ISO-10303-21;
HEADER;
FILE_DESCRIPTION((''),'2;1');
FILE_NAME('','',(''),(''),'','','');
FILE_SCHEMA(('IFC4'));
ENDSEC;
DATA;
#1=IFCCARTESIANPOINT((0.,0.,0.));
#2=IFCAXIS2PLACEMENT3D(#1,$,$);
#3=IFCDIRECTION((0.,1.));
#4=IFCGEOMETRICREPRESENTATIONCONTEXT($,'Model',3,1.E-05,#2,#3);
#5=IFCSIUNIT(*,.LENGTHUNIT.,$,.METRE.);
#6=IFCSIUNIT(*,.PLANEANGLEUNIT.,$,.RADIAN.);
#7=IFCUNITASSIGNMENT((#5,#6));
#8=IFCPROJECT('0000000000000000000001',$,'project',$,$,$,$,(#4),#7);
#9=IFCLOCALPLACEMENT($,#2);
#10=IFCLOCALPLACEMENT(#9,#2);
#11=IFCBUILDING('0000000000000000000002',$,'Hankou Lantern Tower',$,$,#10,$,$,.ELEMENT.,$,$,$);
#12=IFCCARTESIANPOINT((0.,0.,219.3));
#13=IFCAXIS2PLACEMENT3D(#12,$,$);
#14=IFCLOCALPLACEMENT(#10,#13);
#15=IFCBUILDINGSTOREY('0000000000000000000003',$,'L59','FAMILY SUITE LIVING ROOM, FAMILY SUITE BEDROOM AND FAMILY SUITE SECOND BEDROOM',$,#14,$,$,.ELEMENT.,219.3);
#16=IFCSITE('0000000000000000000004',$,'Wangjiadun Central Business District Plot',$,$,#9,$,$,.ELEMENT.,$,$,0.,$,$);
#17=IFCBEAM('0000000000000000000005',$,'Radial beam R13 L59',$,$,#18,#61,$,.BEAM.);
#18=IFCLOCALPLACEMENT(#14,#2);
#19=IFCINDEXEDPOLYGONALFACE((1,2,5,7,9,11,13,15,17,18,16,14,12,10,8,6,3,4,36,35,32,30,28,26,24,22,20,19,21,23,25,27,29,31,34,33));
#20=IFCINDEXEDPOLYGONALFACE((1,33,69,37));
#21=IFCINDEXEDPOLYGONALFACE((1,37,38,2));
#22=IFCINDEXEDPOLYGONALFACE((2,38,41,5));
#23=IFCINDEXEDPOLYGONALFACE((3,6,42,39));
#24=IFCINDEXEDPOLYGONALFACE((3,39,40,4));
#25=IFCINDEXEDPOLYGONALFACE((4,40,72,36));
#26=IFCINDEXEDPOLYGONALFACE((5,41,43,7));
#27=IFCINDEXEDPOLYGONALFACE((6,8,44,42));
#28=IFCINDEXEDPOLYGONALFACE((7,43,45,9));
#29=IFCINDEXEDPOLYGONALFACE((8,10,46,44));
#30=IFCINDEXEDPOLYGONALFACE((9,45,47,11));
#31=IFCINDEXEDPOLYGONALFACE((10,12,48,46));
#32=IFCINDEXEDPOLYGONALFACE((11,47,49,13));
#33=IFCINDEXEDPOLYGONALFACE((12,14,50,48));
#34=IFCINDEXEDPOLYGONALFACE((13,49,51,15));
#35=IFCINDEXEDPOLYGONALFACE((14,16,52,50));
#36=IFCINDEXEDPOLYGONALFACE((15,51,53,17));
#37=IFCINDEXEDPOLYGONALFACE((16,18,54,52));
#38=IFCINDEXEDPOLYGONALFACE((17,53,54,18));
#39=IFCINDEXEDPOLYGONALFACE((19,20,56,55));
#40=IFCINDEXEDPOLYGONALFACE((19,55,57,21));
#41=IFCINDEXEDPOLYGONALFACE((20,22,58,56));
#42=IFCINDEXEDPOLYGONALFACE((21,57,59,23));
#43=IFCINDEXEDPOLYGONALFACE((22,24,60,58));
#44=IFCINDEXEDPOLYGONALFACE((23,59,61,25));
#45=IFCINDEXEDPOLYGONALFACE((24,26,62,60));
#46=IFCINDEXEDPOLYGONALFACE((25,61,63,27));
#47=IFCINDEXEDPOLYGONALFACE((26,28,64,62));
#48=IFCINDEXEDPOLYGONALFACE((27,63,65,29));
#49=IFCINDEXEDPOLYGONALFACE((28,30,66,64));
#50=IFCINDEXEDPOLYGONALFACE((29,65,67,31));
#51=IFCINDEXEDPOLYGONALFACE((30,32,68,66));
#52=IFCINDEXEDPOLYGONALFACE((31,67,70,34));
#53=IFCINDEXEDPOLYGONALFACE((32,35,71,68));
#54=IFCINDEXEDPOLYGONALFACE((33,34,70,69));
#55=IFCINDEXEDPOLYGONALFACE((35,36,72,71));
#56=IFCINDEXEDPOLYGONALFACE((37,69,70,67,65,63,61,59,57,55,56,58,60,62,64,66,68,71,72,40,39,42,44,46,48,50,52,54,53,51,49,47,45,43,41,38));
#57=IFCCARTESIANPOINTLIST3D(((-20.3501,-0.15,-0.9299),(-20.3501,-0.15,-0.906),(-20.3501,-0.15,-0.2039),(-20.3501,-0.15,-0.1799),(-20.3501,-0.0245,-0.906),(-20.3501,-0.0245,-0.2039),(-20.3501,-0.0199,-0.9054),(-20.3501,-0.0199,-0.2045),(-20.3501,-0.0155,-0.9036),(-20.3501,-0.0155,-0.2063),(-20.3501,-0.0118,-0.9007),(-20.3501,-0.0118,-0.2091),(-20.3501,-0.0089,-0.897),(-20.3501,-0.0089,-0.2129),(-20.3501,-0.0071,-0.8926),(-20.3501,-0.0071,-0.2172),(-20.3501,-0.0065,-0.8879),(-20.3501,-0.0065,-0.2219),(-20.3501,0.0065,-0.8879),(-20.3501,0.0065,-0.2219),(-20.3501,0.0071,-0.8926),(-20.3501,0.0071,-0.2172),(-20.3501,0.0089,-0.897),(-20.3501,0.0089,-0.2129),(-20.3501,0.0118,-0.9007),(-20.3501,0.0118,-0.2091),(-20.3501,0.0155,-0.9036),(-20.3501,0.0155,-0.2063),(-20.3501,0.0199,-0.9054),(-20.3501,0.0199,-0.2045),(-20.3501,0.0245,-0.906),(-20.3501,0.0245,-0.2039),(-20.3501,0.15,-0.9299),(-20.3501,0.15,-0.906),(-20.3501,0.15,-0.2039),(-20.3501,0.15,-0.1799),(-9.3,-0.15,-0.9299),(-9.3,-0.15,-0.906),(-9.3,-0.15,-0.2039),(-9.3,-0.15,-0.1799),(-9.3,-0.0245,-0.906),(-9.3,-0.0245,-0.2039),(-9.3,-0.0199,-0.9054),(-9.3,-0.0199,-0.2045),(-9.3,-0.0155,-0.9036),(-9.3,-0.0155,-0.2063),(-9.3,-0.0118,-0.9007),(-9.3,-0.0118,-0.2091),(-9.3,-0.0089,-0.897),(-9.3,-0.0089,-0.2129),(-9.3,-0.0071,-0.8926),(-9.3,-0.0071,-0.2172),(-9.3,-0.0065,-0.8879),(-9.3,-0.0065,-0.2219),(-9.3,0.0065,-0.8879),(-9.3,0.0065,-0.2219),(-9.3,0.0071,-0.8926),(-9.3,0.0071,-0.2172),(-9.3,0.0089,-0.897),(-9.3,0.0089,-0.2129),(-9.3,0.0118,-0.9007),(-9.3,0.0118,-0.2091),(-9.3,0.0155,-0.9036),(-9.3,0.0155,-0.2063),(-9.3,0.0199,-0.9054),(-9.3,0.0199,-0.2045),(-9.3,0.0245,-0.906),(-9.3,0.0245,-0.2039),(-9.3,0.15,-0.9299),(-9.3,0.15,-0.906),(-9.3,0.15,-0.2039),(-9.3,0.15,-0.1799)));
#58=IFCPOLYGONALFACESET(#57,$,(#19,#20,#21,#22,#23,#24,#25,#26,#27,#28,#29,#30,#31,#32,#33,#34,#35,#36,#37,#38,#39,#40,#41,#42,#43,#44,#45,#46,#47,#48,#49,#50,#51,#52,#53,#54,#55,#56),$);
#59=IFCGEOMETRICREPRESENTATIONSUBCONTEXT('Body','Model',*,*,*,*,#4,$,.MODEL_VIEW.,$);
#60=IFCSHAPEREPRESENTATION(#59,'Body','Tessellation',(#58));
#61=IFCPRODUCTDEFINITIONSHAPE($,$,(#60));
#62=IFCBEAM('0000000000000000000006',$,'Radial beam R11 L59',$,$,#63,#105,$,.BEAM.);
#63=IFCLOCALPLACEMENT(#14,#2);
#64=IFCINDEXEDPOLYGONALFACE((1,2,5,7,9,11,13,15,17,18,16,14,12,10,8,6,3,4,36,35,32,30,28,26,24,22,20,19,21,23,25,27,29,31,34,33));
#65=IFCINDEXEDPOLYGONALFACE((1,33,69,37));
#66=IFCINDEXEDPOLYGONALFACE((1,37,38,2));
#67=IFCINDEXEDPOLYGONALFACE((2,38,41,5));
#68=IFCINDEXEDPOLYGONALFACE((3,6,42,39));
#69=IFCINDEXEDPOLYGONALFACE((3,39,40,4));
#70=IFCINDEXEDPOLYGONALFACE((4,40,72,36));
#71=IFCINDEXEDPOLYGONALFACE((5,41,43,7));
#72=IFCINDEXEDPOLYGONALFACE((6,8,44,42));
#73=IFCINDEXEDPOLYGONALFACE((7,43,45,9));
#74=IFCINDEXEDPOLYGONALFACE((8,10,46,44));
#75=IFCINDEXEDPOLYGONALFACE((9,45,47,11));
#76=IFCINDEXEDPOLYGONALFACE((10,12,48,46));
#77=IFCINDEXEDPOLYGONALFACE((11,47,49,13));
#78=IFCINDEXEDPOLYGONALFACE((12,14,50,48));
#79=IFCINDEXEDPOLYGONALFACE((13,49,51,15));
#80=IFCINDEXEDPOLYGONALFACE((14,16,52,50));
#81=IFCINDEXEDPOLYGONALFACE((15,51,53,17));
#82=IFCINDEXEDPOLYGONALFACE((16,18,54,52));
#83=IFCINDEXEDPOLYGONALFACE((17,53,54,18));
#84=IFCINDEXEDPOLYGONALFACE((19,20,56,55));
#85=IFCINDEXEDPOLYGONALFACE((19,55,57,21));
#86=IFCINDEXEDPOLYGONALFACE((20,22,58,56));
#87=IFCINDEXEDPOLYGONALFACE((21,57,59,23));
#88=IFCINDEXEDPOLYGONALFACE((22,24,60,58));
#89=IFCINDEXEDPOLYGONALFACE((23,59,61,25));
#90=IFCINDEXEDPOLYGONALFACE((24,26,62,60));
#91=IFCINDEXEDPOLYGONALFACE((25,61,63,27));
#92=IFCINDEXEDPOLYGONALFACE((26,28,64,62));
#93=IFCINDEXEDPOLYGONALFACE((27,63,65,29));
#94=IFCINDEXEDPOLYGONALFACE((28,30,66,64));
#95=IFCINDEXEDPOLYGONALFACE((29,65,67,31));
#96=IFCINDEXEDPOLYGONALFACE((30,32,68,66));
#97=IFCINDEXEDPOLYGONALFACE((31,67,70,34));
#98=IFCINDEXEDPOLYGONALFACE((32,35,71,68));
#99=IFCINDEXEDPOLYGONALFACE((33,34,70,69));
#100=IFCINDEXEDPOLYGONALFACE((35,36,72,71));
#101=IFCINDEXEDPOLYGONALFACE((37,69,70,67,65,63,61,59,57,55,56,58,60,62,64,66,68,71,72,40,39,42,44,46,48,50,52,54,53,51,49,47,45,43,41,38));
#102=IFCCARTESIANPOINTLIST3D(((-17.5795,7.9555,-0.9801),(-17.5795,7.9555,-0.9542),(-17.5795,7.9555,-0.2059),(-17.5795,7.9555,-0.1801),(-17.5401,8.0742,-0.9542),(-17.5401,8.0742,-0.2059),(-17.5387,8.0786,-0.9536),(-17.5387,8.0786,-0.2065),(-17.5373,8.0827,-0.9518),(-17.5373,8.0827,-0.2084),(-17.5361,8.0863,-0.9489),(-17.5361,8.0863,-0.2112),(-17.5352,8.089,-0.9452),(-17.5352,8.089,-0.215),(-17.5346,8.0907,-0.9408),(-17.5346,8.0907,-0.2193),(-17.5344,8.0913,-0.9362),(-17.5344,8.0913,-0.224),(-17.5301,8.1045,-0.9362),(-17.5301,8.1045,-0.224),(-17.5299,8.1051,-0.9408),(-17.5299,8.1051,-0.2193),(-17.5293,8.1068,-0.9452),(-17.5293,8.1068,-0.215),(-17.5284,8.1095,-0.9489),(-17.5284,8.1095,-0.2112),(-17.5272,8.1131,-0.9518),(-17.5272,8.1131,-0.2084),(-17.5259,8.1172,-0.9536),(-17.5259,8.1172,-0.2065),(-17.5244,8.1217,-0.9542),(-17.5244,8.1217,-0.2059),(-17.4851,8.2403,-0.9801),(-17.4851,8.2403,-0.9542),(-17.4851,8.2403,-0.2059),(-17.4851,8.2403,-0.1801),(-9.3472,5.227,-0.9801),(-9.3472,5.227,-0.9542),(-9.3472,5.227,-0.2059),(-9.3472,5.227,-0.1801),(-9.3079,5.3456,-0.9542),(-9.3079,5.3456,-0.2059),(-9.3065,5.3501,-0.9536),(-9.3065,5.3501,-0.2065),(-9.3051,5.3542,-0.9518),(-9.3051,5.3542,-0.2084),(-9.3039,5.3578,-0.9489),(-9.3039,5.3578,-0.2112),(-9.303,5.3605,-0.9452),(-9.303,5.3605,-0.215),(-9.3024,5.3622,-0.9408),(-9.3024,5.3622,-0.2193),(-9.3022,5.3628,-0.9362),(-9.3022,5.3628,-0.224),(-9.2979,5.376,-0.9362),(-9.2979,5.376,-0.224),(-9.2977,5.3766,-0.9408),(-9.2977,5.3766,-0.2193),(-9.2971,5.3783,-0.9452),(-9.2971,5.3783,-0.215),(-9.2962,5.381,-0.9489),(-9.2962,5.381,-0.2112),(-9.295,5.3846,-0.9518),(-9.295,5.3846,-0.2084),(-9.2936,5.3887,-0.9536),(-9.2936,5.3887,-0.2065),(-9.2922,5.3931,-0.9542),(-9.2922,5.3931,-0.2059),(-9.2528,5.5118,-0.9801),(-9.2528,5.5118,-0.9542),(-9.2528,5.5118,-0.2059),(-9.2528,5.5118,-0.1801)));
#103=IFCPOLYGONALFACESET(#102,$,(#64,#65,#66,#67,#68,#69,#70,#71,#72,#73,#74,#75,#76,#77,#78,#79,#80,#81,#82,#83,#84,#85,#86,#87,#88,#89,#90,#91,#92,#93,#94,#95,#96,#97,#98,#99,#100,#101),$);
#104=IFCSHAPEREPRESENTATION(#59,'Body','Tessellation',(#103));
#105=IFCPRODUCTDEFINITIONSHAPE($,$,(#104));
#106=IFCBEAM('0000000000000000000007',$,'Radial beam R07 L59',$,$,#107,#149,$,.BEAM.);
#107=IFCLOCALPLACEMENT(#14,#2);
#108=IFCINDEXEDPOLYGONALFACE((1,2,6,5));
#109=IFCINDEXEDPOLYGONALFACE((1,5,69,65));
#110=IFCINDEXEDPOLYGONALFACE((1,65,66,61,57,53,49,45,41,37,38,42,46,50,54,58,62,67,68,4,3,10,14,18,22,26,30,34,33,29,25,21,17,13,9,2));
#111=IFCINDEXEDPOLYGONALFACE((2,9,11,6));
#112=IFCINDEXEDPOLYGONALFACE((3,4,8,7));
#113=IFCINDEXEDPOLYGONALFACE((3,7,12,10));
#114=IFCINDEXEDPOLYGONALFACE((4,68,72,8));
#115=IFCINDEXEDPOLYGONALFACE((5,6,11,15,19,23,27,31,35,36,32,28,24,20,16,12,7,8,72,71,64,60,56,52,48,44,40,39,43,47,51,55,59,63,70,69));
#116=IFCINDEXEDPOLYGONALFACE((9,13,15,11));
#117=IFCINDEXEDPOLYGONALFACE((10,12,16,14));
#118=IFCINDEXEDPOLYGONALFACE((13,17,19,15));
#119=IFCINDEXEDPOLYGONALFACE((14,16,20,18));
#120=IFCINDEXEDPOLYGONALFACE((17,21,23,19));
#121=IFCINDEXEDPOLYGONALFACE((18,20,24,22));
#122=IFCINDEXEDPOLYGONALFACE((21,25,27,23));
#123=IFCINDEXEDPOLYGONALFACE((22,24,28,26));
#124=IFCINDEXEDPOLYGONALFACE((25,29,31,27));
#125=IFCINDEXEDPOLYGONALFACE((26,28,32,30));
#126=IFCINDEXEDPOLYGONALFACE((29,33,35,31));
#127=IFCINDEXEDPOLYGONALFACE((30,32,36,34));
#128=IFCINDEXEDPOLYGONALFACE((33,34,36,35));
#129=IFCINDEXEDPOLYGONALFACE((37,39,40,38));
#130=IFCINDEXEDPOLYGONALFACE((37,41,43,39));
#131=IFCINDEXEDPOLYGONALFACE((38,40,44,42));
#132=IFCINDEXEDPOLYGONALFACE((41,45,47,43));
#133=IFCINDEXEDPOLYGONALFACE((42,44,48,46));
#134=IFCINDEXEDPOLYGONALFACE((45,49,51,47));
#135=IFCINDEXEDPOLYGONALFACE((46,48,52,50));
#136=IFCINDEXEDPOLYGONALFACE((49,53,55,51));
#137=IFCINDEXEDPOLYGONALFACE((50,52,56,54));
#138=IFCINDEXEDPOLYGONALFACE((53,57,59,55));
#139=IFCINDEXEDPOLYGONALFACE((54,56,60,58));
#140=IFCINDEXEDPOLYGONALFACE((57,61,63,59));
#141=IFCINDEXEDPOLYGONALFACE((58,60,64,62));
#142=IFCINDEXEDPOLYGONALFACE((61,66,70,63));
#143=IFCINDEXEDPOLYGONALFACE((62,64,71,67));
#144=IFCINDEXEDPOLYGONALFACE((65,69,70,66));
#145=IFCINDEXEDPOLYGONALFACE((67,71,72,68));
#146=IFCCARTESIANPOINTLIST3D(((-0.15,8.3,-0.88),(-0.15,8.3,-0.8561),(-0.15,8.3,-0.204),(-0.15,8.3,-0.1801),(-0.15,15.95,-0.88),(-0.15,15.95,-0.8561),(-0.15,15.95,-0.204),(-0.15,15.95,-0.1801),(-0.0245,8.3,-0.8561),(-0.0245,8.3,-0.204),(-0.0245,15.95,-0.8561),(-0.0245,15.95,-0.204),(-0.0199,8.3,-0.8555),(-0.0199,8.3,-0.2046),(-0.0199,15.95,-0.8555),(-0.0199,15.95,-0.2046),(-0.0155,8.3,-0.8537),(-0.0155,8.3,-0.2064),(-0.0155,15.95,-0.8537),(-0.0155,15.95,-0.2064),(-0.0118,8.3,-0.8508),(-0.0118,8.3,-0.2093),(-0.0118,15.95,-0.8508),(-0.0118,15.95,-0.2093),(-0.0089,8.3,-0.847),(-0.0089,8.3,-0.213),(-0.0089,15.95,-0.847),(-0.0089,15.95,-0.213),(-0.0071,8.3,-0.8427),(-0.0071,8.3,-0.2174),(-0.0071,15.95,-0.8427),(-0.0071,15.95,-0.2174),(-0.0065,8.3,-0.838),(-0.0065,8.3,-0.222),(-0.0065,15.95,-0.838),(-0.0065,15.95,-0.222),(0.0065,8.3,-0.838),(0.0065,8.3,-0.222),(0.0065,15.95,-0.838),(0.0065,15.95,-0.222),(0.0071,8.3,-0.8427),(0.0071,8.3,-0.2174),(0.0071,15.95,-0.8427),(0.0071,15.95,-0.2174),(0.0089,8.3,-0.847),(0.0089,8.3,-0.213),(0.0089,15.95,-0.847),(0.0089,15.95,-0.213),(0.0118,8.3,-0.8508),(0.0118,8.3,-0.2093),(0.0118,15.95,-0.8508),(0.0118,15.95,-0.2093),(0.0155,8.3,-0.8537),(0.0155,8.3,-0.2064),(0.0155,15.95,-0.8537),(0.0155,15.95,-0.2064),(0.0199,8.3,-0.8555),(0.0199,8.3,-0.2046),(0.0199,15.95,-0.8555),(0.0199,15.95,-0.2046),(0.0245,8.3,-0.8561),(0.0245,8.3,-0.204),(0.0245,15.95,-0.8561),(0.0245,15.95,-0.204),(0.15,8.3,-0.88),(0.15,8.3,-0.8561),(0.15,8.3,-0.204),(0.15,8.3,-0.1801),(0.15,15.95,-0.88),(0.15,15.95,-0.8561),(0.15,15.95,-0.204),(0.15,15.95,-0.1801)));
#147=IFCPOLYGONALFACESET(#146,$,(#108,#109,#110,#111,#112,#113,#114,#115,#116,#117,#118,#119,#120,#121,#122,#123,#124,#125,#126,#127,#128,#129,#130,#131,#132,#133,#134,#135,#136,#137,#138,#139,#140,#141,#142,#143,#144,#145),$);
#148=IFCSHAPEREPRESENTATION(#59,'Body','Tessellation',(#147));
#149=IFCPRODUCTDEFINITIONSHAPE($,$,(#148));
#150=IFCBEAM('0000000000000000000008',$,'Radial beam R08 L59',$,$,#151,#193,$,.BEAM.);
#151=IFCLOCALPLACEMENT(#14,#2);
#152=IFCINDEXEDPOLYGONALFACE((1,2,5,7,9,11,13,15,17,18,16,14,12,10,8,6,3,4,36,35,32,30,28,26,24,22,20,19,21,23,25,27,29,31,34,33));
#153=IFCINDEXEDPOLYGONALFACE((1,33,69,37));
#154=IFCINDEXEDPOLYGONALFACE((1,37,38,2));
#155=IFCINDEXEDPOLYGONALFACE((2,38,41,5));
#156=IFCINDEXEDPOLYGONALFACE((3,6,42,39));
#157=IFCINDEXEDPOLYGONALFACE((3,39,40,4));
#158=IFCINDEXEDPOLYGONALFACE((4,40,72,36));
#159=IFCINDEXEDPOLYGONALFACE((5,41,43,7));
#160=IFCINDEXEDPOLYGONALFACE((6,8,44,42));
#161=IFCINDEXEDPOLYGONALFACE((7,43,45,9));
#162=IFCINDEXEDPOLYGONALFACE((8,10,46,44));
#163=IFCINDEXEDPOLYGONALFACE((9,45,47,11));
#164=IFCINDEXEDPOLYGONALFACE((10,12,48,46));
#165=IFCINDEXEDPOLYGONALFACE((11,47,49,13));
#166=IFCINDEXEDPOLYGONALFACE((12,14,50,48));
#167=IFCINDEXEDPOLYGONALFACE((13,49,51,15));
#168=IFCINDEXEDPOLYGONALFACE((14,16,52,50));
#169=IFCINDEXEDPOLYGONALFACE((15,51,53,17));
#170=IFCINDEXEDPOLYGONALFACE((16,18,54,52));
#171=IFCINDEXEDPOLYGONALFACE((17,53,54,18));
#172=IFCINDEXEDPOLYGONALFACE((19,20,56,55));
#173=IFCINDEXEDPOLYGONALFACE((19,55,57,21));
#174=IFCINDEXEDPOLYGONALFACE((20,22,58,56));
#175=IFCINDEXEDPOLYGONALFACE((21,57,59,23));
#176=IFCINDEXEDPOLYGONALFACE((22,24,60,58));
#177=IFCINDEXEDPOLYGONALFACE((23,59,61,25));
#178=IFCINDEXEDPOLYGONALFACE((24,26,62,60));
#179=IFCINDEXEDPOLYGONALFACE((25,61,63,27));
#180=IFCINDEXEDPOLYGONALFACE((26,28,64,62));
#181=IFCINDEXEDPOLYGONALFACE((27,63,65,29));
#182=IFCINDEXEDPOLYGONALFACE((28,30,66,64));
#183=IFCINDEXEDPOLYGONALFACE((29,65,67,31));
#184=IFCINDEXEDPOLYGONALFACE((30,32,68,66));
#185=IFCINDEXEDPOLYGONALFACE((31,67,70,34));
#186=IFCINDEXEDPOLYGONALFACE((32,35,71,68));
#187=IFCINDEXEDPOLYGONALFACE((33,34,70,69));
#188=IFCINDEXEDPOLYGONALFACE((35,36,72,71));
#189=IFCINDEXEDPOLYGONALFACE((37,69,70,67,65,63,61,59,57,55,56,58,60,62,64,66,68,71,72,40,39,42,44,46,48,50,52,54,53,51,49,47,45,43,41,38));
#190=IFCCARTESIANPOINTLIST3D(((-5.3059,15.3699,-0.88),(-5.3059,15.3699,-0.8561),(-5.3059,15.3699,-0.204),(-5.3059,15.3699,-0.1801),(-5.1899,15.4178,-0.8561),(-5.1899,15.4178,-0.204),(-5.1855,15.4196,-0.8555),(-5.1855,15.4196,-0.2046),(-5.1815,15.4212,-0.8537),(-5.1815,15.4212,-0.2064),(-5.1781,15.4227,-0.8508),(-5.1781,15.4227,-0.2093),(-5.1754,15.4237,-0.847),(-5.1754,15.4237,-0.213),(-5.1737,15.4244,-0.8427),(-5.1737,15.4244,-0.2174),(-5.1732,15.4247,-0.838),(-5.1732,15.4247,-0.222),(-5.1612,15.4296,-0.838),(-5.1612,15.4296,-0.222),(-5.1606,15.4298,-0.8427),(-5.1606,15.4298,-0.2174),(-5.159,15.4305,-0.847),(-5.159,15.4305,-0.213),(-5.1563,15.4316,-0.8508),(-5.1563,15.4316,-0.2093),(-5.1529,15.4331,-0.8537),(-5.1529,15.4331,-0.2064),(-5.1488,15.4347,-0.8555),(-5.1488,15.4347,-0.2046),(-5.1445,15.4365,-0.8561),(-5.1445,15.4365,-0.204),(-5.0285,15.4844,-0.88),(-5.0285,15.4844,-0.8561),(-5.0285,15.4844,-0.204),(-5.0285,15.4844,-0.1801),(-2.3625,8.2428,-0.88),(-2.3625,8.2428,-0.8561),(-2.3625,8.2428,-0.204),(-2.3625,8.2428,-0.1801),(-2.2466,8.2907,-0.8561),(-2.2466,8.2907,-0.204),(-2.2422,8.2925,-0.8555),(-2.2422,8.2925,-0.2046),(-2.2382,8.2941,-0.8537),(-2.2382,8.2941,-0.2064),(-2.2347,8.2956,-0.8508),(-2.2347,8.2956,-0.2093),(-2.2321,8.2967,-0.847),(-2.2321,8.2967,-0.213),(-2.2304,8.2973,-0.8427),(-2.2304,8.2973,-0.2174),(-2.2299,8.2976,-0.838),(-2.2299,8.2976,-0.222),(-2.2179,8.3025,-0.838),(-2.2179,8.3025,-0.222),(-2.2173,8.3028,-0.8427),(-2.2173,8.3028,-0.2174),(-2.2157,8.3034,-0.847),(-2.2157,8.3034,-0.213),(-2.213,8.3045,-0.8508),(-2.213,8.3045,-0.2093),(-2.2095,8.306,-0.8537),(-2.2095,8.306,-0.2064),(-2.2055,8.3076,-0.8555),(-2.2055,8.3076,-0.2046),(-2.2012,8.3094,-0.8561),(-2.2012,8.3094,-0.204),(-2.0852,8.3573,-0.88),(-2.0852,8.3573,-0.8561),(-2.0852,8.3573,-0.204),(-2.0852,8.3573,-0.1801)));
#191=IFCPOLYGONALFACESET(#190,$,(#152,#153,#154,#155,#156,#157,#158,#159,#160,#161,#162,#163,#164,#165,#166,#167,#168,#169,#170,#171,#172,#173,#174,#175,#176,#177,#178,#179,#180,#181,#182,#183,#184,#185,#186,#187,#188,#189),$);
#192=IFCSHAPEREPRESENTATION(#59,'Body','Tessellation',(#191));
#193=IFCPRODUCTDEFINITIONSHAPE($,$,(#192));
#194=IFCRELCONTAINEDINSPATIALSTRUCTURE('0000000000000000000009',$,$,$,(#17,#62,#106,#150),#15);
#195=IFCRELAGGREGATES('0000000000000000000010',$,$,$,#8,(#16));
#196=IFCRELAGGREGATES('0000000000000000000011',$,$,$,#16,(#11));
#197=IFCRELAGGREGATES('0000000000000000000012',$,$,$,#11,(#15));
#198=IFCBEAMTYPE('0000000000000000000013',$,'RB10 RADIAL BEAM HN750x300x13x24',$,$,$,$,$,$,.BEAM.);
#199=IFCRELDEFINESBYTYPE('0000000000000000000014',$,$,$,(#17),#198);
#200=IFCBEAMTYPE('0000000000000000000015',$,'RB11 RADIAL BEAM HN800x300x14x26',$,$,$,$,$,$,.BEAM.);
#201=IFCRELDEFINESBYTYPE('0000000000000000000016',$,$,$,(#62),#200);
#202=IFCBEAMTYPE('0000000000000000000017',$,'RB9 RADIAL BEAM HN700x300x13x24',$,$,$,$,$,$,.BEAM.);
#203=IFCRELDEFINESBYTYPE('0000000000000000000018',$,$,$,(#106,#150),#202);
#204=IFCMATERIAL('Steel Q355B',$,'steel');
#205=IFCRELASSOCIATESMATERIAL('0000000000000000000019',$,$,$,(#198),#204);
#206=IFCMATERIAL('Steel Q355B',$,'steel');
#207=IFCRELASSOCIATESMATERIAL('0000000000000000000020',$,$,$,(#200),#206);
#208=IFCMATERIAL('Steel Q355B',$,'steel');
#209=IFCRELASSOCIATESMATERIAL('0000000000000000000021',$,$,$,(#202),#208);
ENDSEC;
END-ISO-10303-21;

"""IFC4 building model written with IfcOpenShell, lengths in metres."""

from ifc_helpers import new_model, si_unit, direction, frame, origin, origin_2d, place, context, subcontext, project, spatial, i_section, extrude, material, material_profile, profile_set, type_object, element, save


model = new_model("IFC4")

# Units and contexts
model_context = context("Model", 3, precision=1e-05, world=origin(), true_north=direction((0.0, 1.0)))
body_context = subcontext(model_context, "Body", "Model", "MODEL_VIEW")
ifc_project = project(units=[si_unit("LENGTHUNIT", "METRE"), si_unit("PLANEANGLEUNIT", "RADIAN")], contexts=[model_context])

# Site, building, storey
site_placement = place(None, origin())
site = spatial("IfcSite", under=ifc_project, at=site_placement, Name="Wangjiadun Central Business District Plot", CompositionType="ELEMENT", RefElevation=0.0)
building_placement = place(site_placement, origin())
building = spatial("IfcBuilding", under=site, at=building_placement, Name="Hankou Lantern Tower", CompositionType="ELEMENT")
storey_placement = place(building_placement, frame((0.0, 0.0, 219.3)))
storey = spatial("IfcBuildingStorey", under=building, at=storey_placement, Name="L59", Description="FAMILY SUITE LIVING ROOM, FAMILY SUITE BEDROOM AND FAMILY SUITE SECOND BEDROOM", CompositionType="ELEMENT", Elevation=219.3)

# Beams
ifc_material_1 = material(Name="Steel Q355B", Category="steel")
ifc_material_profile_1 = material_profile(ifc_material_1, i_section(OverallWidth=0.3, OverallDepth=0.75, WebThickness=0.0129, FlangeThickness=0.0239, FilletRadius=0.0181, at=origin_2d()), Name="HN750x300x13x24")
ifc_profile_set_1 = profile_set([ifc_material_profile_1], Name="Steel Q355B")
beam_type_1 = type_object("IfcBeamType", Name="RB10 RADIAL BEAM HN750x300x13x24", PredefinedType="BEAM", material=ifc_profile_set_1)
beam_1_placement = place(storey_placement, frame((-9.3, 0.0, -0.5549), z_axis=(-1.0, 0.0, 0.0), x_axis=(0.0, -1.0, 0.0)))
element("IfcBeam", 1, at=beam_1_placement, inside=storey, type_object=beam_type_1, Name="Radial beam R13 L59", PredefinedType="BEAM", context=body_context, shape_type="SweptSolid", body=[
    extrude(i_section(OverallWidth=0.3, OverallDepth=0.75, WebThickness=0.0129, FlangeThickness=0.0239, FilletRadius=0.0181, at=origin_2d()), origin(), (0.0, 0.0, 1.0), 11.05),
])
ifc_material_2 = material(Name="Steel Q355B", Category="steel")
ifc_material_profile_2 = material_profile(ifc_material_2, i_section(OverallWidth=0.3, OverallDepth=0.8, WebThickness=0.0139, FlangeThickness=0.0259, FilletRadius=0.0181, at=origin_2d()), Name="HN800x300x14x26")
ifc_profile_set_2 = profile_set([ifc_material_profile_2], Name="Steel Q355B")
beam_type_2 = type_object("IfcBeamType", Name="RB11 RADIAL BEAM HN800x300x14x26", PredefinedType="BEAM", material=ifc_profile_set_2)
beam_2_placement = place(storey_placement, frame((-9.3, 5.3694, -0.5801), z_axis=(-0.94922, 0.314614, 0.0), x_axis=(-0.314614, -0.94922, 0.0)))
element("IfcBeam", 2, at=beam_2_placement, inside=storey, type_object=beam_type_2, Name="Radial beam R11 L59", PredefinedType="BEAM", context=body_context, shape_type="SweptSolid", body=[
    extrude(i_section(OverallWidth=0.3, OverallDepth=0.8, WebThickness=0.0139, FlangeThickness=0.0259, FilletRadius=0.0181, at=origin_2d()), origin(), (0.0, 0.0, 1.0), 8.6726),
])
ifc_material_3 = material(Name="Steel Q355B", Category="steel")
ifc_material_profile_3 = material_profile(ifc_material_3, i_section(OverallWidth=0.3, OverallDepth=0.7, WebThickness=0.0129, FlangeThickness=0.0239, FilletRadius=0.0181, at=origin_2d()), Name="HN700x300x13x24")
ifc_profile_set_3 = profile_set([ifc_material_profile_3], Name="Steel Q355B")
beam_type_3 = type_object("IfcBeamType", Name="RB9 RADIAL BEAM HN700x300x13x24", PredefinedType="BEAM", material=ifc_profile_set_3)
beam_3_placement = place(storey_placement, frame((0.0, 8.3, -0.53), z_axis=(0.0, 1.0, 0.0), x_axis=(-1.0, 0.0, 0.0)))
element("IfcBeam", 3, at=beam_3_placement, inside=storey, type_object=beam_type_3, Name="Radial beam R07 L59", PredefinedType="BEAM", context=body_context, shape_type="SweptSolid", body=[
    extrude(i_section(OverallWidth=0.3, OverallDepth=0.7, WebThickness=0.0129, FlangeThickness=0.0239, FilletRadius=0.0181, at=origin_2d()), origin(), (0.0, 0.0, 1.0), 7.6499),
])
beam_4_placement = place(storey_placement, frame((-2.2239, 8.3, -0.53), z_axis=(-0.381707, 0.924284, 0.0), x_axis=(-0.924284, -0.381707, 0.0)))
element("IfcBeam", 4, at=beam_4_placement, inside=storey, type_object=beam_type_3, Name="Radial beam R08 L59", PredefinedType="BEAM", context=body_context, shape_type="SweptSolid", body=[
    extrude(i_section(OverallWidth=0.3, OverallDepth=0.7, WebThickness=0.0129, FlangeThickness=0.0239, FilletRadius=0.0181, at=origin_2d()), origin(), (0.0, 0.0, 1.0), 7.7109),
])

save(model, "model.ifc")
